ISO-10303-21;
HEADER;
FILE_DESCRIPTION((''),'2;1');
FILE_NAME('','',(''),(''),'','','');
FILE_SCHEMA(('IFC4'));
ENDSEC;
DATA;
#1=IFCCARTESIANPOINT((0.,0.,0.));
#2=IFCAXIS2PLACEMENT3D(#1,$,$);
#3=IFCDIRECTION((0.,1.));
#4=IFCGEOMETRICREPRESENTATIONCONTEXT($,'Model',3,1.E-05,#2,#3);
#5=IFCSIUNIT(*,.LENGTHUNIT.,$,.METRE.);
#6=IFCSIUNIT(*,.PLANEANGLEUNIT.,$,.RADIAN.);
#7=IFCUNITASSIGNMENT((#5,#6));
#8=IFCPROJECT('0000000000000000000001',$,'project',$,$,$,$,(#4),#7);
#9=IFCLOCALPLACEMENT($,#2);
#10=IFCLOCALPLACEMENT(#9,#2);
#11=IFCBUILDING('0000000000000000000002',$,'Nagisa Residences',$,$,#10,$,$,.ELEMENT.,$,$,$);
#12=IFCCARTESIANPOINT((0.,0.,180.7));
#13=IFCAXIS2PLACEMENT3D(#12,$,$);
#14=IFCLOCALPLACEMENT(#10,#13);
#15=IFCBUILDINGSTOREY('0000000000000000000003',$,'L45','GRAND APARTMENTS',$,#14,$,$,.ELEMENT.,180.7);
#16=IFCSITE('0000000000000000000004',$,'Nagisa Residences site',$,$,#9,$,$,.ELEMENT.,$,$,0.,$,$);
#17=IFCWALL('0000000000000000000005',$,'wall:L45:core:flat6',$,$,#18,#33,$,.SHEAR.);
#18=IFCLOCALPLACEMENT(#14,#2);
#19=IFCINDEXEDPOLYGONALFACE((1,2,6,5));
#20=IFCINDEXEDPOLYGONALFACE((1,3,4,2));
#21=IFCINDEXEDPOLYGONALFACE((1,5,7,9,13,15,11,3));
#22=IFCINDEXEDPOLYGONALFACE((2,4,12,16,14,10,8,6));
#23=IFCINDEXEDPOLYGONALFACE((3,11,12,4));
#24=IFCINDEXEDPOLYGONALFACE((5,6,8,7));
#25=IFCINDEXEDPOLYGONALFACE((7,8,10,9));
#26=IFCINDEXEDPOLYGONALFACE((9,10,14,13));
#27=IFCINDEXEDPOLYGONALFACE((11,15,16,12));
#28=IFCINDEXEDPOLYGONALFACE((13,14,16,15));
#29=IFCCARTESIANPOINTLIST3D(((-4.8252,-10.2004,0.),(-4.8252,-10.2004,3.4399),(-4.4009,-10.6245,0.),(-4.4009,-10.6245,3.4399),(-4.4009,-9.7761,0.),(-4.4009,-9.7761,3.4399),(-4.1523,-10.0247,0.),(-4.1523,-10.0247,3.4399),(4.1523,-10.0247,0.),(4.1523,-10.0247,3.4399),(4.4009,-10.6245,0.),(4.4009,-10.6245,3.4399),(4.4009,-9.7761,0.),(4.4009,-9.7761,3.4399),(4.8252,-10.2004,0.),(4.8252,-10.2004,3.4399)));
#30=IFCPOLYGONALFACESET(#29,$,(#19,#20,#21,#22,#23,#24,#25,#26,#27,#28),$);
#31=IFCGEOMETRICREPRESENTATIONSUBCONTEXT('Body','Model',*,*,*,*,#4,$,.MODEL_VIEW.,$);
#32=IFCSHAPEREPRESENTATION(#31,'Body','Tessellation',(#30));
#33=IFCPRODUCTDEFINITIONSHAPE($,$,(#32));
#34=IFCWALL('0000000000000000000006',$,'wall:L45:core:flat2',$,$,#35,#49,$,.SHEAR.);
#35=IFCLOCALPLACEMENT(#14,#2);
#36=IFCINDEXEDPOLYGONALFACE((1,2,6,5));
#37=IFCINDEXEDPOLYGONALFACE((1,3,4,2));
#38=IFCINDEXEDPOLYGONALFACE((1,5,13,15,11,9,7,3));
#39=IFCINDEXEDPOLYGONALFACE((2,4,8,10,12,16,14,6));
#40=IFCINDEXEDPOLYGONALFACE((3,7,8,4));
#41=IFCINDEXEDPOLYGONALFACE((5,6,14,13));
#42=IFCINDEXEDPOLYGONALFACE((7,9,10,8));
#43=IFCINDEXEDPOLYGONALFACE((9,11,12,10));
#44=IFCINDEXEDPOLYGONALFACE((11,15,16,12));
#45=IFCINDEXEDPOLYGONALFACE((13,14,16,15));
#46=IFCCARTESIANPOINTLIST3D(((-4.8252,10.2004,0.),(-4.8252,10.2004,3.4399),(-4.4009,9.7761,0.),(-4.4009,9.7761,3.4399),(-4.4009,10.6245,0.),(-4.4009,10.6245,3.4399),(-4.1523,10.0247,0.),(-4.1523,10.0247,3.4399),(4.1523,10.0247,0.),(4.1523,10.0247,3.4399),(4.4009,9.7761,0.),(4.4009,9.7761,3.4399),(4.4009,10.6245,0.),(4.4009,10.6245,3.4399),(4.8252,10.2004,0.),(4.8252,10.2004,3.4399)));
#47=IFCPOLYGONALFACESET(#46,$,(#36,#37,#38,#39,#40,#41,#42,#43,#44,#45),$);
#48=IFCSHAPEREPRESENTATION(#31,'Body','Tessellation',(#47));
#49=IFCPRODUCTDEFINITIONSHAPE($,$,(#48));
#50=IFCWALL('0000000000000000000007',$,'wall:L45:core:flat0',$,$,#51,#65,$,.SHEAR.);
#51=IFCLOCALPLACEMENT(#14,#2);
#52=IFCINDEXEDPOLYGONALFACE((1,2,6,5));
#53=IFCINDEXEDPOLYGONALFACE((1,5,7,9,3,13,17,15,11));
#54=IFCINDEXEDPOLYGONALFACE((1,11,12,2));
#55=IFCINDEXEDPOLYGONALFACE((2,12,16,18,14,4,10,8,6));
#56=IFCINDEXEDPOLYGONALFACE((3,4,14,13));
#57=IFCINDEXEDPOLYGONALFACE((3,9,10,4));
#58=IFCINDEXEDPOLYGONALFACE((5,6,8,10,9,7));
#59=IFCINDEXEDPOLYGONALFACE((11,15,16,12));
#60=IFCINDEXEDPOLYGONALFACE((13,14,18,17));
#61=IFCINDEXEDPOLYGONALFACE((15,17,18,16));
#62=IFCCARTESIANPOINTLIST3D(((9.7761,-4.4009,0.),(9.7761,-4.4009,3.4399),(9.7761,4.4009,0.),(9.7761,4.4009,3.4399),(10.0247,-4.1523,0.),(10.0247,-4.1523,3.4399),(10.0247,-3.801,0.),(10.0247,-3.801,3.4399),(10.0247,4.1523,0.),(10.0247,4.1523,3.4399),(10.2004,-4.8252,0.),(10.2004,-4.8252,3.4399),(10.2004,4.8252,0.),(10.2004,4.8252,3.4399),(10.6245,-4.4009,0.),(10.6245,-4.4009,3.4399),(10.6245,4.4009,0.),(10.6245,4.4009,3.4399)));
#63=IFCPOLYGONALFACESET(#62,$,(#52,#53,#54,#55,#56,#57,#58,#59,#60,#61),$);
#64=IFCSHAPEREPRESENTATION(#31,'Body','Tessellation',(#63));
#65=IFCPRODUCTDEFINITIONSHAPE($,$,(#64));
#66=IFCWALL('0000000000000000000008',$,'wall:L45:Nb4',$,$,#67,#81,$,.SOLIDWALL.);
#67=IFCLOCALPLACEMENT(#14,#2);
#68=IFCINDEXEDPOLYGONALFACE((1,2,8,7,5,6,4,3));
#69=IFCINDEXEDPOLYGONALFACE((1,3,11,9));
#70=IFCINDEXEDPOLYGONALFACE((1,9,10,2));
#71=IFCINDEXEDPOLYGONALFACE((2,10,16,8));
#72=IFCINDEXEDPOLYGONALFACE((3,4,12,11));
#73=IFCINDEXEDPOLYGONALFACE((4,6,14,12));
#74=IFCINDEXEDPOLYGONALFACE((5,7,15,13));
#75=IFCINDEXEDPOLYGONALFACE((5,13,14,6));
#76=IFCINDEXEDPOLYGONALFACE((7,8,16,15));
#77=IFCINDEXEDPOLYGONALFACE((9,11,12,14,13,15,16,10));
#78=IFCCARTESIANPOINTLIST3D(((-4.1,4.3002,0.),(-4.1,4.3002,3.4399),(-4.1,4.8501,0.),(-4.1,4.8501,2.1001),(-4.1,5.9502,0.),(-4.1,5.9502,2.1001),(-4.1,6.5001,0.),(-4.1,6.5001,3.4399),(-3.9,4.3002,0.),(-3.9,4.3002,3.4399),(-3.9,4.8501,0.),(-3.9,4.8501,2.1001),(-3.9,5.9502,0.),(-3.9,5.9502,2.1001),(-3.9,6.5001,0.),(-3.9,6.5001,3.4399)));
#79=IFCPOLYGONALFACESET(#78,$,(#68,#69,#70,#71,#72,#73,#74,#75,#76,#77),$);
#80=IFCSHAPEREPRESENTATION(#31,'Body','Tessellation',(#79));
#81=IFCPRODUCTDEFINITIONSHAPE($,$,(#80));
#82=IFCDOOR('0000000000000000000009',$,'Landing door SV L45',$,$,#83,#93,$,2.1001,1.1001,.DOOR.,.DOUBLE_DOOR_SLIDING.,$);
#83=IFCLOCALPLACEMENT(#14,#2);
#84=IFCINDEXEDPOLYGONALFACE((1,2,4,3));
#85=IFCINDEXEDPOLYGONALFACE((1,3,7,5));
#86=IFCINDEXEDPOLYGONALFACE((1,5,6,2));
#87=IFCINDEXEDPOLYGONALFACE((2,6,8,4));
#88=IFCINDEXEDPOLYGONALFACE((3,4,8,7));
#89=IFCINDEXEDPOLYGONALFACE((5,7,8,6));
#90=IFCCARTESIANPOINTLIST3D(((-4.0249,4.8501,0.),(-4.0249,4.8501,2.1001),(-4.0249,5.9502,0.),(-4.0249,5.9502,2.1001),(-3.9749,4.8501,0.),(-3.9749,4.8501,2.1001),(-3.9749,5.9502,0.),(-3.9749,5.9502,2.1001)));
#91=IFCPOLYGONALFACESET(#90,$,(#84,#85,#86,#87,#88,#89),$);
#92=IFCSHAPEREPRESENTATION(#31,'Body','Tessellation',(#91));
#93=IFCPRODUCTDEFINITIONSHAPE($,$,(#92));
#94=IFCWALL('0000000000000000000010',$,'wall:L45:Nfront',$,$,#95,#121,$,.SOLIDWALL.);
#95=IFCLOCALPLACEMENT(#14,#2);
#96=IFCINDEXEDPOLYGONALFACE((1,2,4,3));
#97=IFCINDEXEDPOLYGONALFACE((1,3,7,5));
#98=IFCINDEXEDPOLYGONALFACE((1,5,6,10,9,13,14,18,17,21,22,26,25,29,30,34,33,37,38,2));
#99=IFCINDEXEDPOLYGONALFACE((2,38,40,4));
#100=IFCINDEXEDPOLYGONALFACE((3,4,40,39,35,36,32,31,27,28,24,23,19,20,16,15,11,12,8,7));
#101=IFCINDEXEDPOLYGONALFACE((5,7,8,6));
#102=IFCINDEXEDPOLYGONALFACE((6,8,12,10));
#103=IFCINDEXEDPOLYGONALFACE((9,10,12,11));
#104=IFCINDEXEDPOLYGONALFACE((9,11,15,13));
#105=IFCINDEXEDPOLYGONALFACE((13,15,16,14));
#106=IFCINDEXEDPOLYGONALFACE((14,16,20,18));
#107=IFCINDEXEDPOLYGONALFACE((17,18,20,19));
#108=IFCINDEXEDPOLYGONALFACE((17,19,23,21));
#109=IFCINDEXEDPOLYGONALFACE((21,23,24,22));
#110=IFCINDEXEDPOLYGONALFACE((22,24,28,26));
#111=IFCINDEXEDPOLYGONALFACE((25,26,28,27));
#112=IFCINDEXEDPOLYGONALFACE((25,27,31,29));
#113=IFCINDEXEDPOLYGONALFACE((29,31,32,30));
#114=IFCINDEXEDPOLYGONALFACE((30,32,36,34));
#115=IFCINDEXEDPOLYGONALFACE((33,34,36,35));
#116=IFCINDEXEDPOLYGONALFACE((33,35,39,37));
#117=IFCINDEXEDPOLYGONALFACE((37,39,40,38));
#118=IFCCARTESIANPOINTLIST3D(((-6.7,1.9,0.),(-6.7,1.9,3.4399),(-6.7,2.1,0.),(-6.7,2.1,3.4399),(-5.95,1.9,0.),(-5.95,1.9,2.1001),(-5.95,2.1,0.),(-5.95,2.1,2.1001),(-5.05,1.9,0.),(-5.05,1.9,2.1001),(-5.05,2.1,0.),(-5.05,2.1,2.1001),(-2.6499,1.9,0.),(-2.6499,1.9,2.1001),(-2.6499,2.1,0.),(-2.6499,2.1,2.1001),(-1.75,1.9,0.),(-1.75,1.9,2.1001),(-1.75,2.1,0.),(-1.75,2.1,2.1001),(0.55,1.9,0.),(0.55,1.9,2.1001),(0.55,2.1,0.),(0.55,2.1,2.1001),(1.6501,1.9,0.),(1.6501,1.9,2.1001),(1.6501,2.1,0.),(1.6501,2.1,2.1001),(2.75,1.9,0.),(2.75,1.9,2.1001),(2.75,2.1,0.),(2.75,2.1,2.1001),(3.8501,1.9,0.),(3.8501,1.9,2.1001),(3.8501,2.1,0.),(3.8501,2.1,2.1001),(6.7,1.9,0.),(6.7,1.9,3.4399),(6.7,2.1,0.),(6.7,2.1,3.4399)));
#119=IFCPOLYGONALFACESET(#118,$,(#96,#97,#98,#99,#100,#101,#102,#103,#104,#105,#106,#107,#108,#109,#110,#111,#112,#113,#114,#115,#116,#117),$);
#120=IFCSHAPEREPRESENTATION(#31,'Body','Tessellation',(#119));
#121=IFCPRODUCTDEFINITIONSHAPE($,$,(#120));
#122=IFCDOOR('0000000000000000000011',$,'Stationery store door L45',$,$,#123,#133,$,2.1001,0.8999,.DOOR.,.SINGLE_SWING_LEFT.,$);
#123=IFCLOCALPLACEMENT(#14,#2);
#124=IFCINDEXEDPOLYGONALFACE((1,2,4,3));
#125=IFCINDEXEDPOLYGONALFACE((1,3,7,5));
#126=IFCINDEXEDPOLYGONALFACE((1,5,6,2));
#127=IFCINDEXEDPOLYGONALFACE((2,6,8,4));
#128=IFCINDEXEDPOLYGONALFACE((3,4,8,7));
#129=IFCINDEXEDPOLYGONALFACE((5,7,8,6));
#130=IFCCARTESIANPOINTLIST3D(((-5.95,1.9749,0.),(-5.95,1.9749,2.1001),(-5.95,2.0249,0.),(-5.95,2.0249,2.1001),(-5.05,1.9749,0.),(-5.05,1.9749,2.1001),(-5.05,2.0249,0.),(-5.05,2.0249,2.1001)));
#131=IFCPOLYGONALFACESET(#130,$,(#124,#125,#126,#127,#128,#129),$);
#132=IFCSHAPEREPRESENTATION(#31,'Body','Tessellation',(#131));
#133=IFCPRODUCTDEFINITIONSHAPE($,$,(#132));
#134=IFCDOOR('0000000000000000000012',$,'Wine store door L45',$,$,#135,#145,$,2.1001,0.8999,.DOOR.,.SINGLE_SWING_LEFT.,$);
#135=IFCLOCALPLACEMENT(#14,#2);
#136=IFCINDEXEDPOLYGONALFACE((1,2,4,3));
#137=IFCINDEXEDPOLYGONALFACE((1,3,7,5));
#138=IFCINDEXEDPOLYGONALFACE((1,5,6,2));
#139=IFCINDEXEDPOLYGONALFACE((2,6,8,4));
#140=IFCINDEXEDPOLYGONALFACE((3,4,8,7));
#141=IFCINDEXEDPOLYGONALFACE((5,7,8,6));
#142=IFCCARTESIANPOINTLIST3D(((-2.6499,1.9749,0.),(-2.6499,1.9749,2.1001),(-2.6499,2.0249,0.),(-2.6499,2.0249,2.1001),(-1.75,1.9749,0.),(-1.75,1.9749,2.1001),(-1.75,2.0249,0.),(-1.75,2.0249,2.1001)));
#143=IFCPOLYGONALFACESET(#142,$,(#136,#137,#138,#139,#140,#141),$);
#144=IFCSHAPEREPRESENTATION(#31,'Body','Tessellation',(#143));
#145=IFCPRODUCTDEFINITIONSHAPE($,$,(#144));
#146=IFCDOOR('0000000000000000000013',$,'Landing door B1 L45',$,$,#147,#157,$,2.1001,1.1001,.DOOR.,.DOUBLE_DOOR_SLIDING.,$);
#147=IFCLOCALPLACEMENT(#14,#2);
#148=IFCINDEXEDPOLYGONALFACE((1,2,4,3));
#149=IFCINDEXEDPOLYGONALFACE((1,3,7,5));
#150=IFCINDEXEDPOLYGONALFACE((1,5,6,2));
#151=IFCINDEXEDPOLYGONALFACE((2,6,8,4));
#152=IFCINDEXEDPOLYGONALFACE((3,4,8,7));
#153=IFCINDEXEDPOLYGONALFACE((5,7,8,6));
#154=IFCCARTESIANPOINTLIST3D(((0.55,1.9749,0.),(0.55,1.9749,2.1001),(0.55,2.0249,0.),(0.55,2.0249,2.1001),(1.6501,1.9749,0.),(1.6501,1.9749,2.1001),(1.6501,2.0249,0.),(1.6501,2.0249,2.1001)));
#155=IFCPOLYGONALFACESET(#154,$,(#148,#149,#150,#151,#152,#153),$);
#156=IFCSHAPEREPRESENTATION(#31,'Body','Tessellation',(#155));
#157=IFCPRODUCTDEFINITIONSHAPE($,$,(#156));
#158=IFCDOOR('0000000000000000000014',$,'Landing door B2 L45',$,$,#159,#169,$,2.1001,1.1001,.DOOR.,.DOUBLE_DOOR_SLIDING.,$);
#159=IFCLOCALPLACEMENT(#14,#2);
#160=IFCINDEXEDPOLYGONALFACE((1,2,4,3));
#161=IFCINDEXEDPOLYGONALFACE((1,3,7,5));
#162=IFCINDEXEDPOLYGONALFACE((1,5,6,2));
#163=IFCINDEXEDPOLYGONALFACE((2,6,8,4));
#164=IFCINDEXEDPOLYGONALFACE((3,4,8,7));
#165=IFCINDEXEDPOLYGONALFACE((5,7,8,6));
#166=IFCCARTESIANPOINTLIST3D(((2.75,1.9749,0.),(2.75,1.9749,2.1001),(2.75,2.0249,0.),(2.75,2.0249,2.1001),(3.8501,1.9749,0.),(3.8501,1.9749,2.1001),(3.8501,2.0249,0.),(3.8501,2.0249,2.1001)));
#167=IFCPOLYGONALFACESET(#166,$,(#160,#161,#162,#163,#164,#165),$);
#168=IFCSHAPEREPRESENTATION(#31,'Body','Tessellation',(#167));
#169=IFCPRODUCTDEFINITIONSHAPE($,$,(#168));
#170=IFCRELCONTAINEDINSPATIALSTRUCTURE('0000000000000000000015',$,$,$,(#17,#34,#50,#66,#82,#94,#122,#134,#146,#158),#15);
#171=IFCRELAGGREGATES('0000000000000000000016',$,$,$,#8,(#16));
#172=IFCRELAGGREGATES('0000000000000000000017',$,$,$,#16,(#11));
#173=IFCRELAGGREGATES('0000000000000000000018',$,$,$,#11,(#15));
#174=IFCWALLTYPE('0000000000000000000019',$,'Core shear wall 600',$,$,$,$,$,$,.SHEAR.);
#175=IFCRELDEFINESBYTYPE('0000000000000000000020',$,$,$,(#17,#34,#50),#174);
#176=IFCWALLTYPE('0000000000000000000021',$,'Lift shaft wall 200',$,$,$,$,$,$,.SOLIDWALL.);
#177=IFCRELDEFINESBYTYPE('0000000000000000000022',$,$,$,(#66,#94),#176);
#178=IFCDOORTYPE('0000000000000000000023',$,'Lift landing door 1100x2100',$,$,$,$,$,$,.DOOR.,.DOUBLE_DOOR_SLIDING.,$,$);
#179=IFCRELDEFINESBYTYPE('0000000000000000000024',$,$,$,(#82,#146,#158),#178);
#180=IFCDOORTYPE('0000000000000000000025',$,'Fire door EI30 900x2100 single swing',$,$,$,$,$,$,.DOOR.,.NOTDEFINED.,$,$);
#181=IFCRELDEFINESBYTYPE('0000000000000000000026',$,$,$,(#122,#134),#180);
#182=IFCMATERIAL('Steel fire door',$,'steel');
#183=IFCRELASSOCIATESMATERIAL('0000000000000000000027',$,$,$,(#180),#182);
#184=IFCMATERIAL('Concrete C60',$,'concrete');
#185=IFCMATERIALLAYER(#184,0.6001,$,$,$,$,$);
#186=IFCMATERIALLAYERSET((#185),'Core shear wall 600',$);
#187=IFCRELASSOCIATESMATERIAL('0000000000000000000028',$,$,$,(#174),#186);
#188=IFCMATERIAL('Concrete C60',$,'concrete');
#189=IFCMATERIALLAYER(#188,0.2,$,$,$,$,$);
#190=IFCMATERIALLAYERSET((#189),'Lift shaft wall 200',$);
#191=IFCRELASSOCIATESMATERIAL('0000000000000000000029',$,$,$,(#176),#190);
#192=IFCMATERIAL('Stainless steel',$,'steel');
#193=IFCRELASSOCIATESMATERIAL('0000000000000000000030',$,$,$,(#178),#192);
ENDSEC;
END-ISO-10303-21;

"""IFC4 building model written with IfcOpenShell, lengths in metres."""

from ifc_helpers import new_model, si_unit, direction, frame, frame_2d, origin, place, context, subcontext, project, spatial, polyline, rectangle, outline, extrude, material, layer, layer_set, type_object, element, fill, save


model = new_model("IFC4")

# Units and contexts
model_context = context("Model", 3, precision=1e-05, world=origin(), true_north=direction((0.0, 1.0)))
body_context = subcontext(model_context, "Body", "Model", "MODEL_VIEW")
ifc_project = project(units=[si_unit("LENGTHUNIT", "METRE"), si_unit("PLANEANGLEUNIT", "RADIAN")], contexts=[model_context])

# Site, building, storey
site_placement = place(None, origin())
site = spatial("IfcSite", under=ifc_project, at=site_placement, Name="Nagisa Residences site", CompositionType="ELEMENT", RefElevation=0.0)
building_placement = place(site_placement, origin())
building = spatial("IfcBuilding", under=site, at=building_placement, Name="Nagisa Residences", CompositionType="ELEMENT")
storey_placement = place(building_placement, frame((0.0, 0.0, 180.7)))
storey = spatial("IfcBuildingStorey", under=building, at=storey_placement, Name="L45", Description="GRAND APARTMENTS", CompositionType="ELEMENT", Elevation=180.7)

# Shared definitions
ifc_material_1 = material(Name="Steel fire door", Category="steel")
door_type_1 = type_object("IfcDoorType", Name="Fire door EI30 900x2100 single swing", OperationType="NOTDEFINED", PredefinedType="DOOR", material=ifc_material_1)

# Shared definitions
ifc_material_2 = material(Name="Concrete C60", Category="concrete")
ifc_layer_1 = layer(ifc_material_2, 0.6001)
ifc_layer_set_1 = layer_set([ifc_layer_1], Name="Core shear wall 600")
wall_type_1 = type_object("IfcWallType", Name="Core shear wall 600", PredefinedType="SHEAR", material=ifc_layer_set_1)

# Walls
wall_1_placement = place(storey_placement, origin())
element("IfcWall", 1, at=wall_1_placement, inside=storey, type_object=wall_type_1, Name="wall:L45:core:flat6", PredefinedType="SHEAR", context=body_context, shape_type="SweptSolid", body=[
    extrude(outline(polyline([(-4.1523, -10.0247), (4.1523, -10.0247), (4.4009, -9.7761), (4.8252, -10.2004), (4.4009, -10.6245), (-4.4009, -10.6245), (-4.8252, -10.2004), (-4.4009, -9.7761), (-4.1523, -10.0247)])), origin(), (0.0, 0.0, 1.0), 3.4399),
])
wall_2_placement = place(storey_placement, origin())
element("IfcWall", 2, at=wall_2_placement, inside=storey, type_object=wall_type_1, Name="wall:L45:core:flat2", PredefinedType="SHEAR", context=body_context, shape_type="SweptSolid", body=[
    extrude(outline(polyline([(-4.1523, 10.0247), (-4.4009, 9.7761), (-4.8252, 10.2004), (-4.4009, 10.6245), (4.4009, 10.6245), (4.8252, 10.2004), (4.4009, 9.7761), (4.1523, 10.0247), (-4.1523, 10.0247)])), origin(), (0.0, 0.0, 1.0), 3.4399),
])
wall_3_placement = place(storey_placement, origin())
element("IfcWall", 3, at=wall_3_placement, inside=storey, type_object=wall_type_1, Name="wall:L45:core:flat0", PredefinedType="SHEAR", context=body_context, shape_type="SweptSolid", body=[
    extrude(outline(polyline([(9.7761, -4.4009), (10.0247, -4.1523), (10.0247, -3.801), (10.0247, 4.1523), (9.7761, 4.4009), (10.2004, 4.8252), (10.6245, 4.4009), (10.6245, -4.4009), (10.2004, -4.8252), (9.7761, -4.4009)])), origin(), (0.0, 0.0, 1.0), 3.4399),
])

# Wall, opening, door
ifc_material_3 = material(Name="Concrete C60", Category="concrete")
ifc_layer_2 = layer(ifc_material_3, 0.2)
ifc_layer_set_2 = layer_set([ifc_layer_2], Name="Lift shaft wall 200")
wall_type_2 = type_object("IfcWallType", Name="Lift shaft wall 200", PredefinedType="SOLIDWALL", material=ifc_layer_set_2)
wall_4_placement = place(storey_placement, frame((-4.0, 4.3, 0.0), z_axis=(0.0, 0.0, 1.0), x_axis=(0.0, 1.0, 0.0)))
wall_4 = element("IfcWall", 4, at=wall_4_placement, inside=storey, type_object=wall_type_2, Name="wall:L45:Nb4", PredefinedType="SOLIDWALL", context=body_context, shape_type="SweptSolid", body=[
    extrude(rectangle(XDim=2.2, YDim=0.2, at=frame_2d((1.1001, 0.0))), origin(), (0.0, 0.0, 1.0), 3.4399),
])
opening_1_placement = place(wall_4_placement, frame((0.55, 0.0, 0.0)))
opening_1 = element("IfcOpeningElement", 5, at=opening_1_placement, cuts=wall_4, PredefinedType="OPENING", context=body_context, shape_type="SweptSolid", body=[
    extrude(rectangle(XDim=1.1001, YDim=2.1001, at=frame_2d((0.55, 1.05))), frame((0.0, 0.1099, 0.0), z_axis=(0.0, -1.0, 0.0), x_axis=(1.0, 0.0, 0.0)), (0.0, 0.0, 1.0), 0.22),
])
ifc_material_4 = material(Name="Stainless steel", Category="steel")
door_type_2 = type_object("IfcDoorType", Name="Lift landing door 1100x2100", OperationType="DOUBLE_DOOR_SLIDING", PredefinedType="DOOR", material=ifc_material_4)
door_1_placement = place(opening_1_placement, origin())
door_1 = element("IfcDoor", 6, at=door_1_placement, inside=storey, type_object=door_type_2, Name="Landing door SV L45", OperationType="DOUBLE_DOOR_SLIDING", OverallHeight=2.1001, OverallWidth=1.1001, PredefinedType="DOOR", context=body_context, shape_type="SweptSolid", body=[
    extrude(rectangle(XDim=1.1001, YDim=2.1001, at=frame_2d((0.55, 1.05))), frame((0.0, 0.0249, 0.0), z_axis=(0.0, -1.0, 0.0), x_axis=(1.0, 0.0, 0.0)), (0.0, 0.0, 1.0), 0.05),
])
fill(opening_1, door_1)

# Wall, openings, doors
wall_5_placement = place(storey_placement, frame((-6.7, 2.0, 0.0), z_axis=(0.0, 0.0, 1.0), x_axis=(1.0, 0.0, 0.0)))
wall_5 = element("IfcWall", 7, at=wall_5_placement, inside=storey, type_object=wall_type_2, Name="wall:L45:Nfront", PredefinedType="SOLIDWALL", context=body_context, shape_type="SweptSolid", body=[
    extrude(rectangle(XDim=13.3999, YDim=0.2, at=frame_2d((6.7, 0.0))), origin(), (0.0, 0.0, 1.0), 3.4399),
])
opening_2_placement = place(wall_5_placement, frame((7.25, 0.0, 0.0)))
opening_2 = element("IfcOpeningElement", 8, at=opening_2_placement, cuts=wall_5, PredefinedType="OPENING", context=body_context, shape_type="SweptSolid", body=[
    extrude(rectangle(XDim=1.1001, YDim=2.1001, at=frame_2d((0.55, 1.05))), frame((0.0, 0.1099, 0.0), z_axis=(0.0, -1.0, 0.0), x_axis=(1.0, 0.0, 0.0)), (0.0, 0.0, 1.0), 0.22),
])
opening_3_placement = place(wall_5_placement, frame((9.45, 0.0, 0.0)))
opening_3 = element("IfcOpeningElement", 9, at=opening_3_placement, cuts=wall_5, PredefinedType="OPENING", context=body_context, shape_type="SweptSolid", body=[
    extrude(rectangle(XDim=1.1001, YDim=2.1001, at=frame_2d((0.55, 1.05))), frame((0.0, 0.1099, 0.0), z_axis=(0.0, -1.0, 0.0), x_axis=(1.0, 0.0, 0.0)), (0.0, 0.0, 1.0), 0.22),
])
opening_4_placement = place(wall_5_placement, frame((0.75, 0.0, 0.0)))
opening_4 = element("IfcOpeningElement", 10, at=opening_4_placement, cuts=wall_5, PredefinedType="OPENING", context=body_context, shape_type="SweptSolid", body=[
    extrude(rectangle(XDim=0.8999, YDim=2.1001, at=frame_2d((0.45, 1.05))), frame((0.0, 0.1099, 0.0), z_axis=(0.0, -1.0, 0.0), x_axis=(1.0, 0.0, 0.0)), (0.0, 0.0, 1.0), 0.22),
])
opening_5_placement = place(wall_5_placement, frame((4.05, 0.0, 0.0)))
opening_5 = element("IfcOpeningElement", 11, at=opening_5_placement, cuts=wall_5, PredefinedType="OPENING", context=body_context, shape_type="SweptSolid", body=[
    extrude(rectangle(XDim=0.8999, YDim=2.1001, at=frame_2d((0.45, 1.05))), frame((0.0, 0.1099, 0.0), z_axis=(0.0, -1.0, 0.0), x_axis=(1.0, 0.0, 0.0)), (0.0, 0.0, 1.0), 0.22),
])
door_2_placement = place(opening_4_placement, origin())
door_2 = element("IfcDoor", 12, at=door_2_placement, inside=storey, type_object=door_type_1, Name="Stationery store door L45", OperationType="SINGLE_SWING_LEFT", OverallHeight=2.1001, OverallWidth=0.8999, PredefinedType="DOOR", context=body_context, shape_type="SweptSolid", body=[
    extrude(rectangle(XDim=0.8999, YDim=2.1001, at=frame_2d((0.45, 1.05))), frame((0.0, 0.0249, 0.0), z_axis=(0.0, -1.0, 0.0), x_axis=(1.0, 0.0, 0.0)), (0.0, 0.0, 1.0), 0.05),
])
fill(opening_4, door_2)
door_3_placement = place(opening_5_placement, origin())
door_3 = element("IfcDoor", 13, at=door_3_placement, inside=storey, type_object=door_type_1, Name="Wine store door L45", OperationType="SINGLE_SWING_LEFT", OverallHeight=2.1001, OverallWidth=0.8999, PredefinedType="DOOR", context=body_context, shape_type="SweptSolid", body=[
    extrude(rectangle(XDim=0.8999, YDim=2.1001, at=frame_2d((0.45, 1.05))), frame((0.0, 0.0249, 0.0), z_axis=(0.0, -1.0, 0.0), x_axis=(1.0, 0.0, 0.0)), (0.0, 0.0, 1.0), 0.05),
])
fill(opening_5, door_3)
door_4_placement = place(opening_2_placement, origin())
door_4 = element("IfcDoor", 14, at=door_4_placement, inside=storey, type_object=door_type_2, Name="Landing door B1 L45", OperationType="DOUBLE_DOOR_SLIDING", OverallHeight=2.1001, OverallWidth=1.1001, PredefinedType="DOOR", context=body_context, shape_type="SweptSolid", body=[
    extrude(rectangle(XDim=1.1001, YDim=2.1001, at=frame_2d((0.55, 1.05))), frame((0.0, 0.0249, 0.0), z_axis=(0.0, -1.0, 0.0), x_axis=(1.0, 0.0, 0.0)), (0.0, 0.0, 1.0), 0.05),
])
fill(opening_2, door_4)
door_5_placement = place(opening_3_placement, origin())
door_5 = element("IfcDoor", 15, at=door_5_placement, inside=storey, type_object=door_type_2, Name="Landing door B2 L45", OperationType="DOUBLE_DOOR_SLIDING", OverallHeight=2.1001, OverallWidth=1.1001, PredefinedType="DOOR", context=body_context, shape_type="SweptSolid", body=[
    extrude(rectangle(XDim=1.1001, YDim=2.1001, at=frame_2d((0.55, 1.05))), frame((0.0, 0.0249, 0.0), z_axis=(0.0, -1.0, 0.0), x_axis=(1.0, 0.0, 0.0)), (0.0, 0.0, 1.0), 0.05),
])
fill(opening_3, door_5)

save(model, "model.ifc")
